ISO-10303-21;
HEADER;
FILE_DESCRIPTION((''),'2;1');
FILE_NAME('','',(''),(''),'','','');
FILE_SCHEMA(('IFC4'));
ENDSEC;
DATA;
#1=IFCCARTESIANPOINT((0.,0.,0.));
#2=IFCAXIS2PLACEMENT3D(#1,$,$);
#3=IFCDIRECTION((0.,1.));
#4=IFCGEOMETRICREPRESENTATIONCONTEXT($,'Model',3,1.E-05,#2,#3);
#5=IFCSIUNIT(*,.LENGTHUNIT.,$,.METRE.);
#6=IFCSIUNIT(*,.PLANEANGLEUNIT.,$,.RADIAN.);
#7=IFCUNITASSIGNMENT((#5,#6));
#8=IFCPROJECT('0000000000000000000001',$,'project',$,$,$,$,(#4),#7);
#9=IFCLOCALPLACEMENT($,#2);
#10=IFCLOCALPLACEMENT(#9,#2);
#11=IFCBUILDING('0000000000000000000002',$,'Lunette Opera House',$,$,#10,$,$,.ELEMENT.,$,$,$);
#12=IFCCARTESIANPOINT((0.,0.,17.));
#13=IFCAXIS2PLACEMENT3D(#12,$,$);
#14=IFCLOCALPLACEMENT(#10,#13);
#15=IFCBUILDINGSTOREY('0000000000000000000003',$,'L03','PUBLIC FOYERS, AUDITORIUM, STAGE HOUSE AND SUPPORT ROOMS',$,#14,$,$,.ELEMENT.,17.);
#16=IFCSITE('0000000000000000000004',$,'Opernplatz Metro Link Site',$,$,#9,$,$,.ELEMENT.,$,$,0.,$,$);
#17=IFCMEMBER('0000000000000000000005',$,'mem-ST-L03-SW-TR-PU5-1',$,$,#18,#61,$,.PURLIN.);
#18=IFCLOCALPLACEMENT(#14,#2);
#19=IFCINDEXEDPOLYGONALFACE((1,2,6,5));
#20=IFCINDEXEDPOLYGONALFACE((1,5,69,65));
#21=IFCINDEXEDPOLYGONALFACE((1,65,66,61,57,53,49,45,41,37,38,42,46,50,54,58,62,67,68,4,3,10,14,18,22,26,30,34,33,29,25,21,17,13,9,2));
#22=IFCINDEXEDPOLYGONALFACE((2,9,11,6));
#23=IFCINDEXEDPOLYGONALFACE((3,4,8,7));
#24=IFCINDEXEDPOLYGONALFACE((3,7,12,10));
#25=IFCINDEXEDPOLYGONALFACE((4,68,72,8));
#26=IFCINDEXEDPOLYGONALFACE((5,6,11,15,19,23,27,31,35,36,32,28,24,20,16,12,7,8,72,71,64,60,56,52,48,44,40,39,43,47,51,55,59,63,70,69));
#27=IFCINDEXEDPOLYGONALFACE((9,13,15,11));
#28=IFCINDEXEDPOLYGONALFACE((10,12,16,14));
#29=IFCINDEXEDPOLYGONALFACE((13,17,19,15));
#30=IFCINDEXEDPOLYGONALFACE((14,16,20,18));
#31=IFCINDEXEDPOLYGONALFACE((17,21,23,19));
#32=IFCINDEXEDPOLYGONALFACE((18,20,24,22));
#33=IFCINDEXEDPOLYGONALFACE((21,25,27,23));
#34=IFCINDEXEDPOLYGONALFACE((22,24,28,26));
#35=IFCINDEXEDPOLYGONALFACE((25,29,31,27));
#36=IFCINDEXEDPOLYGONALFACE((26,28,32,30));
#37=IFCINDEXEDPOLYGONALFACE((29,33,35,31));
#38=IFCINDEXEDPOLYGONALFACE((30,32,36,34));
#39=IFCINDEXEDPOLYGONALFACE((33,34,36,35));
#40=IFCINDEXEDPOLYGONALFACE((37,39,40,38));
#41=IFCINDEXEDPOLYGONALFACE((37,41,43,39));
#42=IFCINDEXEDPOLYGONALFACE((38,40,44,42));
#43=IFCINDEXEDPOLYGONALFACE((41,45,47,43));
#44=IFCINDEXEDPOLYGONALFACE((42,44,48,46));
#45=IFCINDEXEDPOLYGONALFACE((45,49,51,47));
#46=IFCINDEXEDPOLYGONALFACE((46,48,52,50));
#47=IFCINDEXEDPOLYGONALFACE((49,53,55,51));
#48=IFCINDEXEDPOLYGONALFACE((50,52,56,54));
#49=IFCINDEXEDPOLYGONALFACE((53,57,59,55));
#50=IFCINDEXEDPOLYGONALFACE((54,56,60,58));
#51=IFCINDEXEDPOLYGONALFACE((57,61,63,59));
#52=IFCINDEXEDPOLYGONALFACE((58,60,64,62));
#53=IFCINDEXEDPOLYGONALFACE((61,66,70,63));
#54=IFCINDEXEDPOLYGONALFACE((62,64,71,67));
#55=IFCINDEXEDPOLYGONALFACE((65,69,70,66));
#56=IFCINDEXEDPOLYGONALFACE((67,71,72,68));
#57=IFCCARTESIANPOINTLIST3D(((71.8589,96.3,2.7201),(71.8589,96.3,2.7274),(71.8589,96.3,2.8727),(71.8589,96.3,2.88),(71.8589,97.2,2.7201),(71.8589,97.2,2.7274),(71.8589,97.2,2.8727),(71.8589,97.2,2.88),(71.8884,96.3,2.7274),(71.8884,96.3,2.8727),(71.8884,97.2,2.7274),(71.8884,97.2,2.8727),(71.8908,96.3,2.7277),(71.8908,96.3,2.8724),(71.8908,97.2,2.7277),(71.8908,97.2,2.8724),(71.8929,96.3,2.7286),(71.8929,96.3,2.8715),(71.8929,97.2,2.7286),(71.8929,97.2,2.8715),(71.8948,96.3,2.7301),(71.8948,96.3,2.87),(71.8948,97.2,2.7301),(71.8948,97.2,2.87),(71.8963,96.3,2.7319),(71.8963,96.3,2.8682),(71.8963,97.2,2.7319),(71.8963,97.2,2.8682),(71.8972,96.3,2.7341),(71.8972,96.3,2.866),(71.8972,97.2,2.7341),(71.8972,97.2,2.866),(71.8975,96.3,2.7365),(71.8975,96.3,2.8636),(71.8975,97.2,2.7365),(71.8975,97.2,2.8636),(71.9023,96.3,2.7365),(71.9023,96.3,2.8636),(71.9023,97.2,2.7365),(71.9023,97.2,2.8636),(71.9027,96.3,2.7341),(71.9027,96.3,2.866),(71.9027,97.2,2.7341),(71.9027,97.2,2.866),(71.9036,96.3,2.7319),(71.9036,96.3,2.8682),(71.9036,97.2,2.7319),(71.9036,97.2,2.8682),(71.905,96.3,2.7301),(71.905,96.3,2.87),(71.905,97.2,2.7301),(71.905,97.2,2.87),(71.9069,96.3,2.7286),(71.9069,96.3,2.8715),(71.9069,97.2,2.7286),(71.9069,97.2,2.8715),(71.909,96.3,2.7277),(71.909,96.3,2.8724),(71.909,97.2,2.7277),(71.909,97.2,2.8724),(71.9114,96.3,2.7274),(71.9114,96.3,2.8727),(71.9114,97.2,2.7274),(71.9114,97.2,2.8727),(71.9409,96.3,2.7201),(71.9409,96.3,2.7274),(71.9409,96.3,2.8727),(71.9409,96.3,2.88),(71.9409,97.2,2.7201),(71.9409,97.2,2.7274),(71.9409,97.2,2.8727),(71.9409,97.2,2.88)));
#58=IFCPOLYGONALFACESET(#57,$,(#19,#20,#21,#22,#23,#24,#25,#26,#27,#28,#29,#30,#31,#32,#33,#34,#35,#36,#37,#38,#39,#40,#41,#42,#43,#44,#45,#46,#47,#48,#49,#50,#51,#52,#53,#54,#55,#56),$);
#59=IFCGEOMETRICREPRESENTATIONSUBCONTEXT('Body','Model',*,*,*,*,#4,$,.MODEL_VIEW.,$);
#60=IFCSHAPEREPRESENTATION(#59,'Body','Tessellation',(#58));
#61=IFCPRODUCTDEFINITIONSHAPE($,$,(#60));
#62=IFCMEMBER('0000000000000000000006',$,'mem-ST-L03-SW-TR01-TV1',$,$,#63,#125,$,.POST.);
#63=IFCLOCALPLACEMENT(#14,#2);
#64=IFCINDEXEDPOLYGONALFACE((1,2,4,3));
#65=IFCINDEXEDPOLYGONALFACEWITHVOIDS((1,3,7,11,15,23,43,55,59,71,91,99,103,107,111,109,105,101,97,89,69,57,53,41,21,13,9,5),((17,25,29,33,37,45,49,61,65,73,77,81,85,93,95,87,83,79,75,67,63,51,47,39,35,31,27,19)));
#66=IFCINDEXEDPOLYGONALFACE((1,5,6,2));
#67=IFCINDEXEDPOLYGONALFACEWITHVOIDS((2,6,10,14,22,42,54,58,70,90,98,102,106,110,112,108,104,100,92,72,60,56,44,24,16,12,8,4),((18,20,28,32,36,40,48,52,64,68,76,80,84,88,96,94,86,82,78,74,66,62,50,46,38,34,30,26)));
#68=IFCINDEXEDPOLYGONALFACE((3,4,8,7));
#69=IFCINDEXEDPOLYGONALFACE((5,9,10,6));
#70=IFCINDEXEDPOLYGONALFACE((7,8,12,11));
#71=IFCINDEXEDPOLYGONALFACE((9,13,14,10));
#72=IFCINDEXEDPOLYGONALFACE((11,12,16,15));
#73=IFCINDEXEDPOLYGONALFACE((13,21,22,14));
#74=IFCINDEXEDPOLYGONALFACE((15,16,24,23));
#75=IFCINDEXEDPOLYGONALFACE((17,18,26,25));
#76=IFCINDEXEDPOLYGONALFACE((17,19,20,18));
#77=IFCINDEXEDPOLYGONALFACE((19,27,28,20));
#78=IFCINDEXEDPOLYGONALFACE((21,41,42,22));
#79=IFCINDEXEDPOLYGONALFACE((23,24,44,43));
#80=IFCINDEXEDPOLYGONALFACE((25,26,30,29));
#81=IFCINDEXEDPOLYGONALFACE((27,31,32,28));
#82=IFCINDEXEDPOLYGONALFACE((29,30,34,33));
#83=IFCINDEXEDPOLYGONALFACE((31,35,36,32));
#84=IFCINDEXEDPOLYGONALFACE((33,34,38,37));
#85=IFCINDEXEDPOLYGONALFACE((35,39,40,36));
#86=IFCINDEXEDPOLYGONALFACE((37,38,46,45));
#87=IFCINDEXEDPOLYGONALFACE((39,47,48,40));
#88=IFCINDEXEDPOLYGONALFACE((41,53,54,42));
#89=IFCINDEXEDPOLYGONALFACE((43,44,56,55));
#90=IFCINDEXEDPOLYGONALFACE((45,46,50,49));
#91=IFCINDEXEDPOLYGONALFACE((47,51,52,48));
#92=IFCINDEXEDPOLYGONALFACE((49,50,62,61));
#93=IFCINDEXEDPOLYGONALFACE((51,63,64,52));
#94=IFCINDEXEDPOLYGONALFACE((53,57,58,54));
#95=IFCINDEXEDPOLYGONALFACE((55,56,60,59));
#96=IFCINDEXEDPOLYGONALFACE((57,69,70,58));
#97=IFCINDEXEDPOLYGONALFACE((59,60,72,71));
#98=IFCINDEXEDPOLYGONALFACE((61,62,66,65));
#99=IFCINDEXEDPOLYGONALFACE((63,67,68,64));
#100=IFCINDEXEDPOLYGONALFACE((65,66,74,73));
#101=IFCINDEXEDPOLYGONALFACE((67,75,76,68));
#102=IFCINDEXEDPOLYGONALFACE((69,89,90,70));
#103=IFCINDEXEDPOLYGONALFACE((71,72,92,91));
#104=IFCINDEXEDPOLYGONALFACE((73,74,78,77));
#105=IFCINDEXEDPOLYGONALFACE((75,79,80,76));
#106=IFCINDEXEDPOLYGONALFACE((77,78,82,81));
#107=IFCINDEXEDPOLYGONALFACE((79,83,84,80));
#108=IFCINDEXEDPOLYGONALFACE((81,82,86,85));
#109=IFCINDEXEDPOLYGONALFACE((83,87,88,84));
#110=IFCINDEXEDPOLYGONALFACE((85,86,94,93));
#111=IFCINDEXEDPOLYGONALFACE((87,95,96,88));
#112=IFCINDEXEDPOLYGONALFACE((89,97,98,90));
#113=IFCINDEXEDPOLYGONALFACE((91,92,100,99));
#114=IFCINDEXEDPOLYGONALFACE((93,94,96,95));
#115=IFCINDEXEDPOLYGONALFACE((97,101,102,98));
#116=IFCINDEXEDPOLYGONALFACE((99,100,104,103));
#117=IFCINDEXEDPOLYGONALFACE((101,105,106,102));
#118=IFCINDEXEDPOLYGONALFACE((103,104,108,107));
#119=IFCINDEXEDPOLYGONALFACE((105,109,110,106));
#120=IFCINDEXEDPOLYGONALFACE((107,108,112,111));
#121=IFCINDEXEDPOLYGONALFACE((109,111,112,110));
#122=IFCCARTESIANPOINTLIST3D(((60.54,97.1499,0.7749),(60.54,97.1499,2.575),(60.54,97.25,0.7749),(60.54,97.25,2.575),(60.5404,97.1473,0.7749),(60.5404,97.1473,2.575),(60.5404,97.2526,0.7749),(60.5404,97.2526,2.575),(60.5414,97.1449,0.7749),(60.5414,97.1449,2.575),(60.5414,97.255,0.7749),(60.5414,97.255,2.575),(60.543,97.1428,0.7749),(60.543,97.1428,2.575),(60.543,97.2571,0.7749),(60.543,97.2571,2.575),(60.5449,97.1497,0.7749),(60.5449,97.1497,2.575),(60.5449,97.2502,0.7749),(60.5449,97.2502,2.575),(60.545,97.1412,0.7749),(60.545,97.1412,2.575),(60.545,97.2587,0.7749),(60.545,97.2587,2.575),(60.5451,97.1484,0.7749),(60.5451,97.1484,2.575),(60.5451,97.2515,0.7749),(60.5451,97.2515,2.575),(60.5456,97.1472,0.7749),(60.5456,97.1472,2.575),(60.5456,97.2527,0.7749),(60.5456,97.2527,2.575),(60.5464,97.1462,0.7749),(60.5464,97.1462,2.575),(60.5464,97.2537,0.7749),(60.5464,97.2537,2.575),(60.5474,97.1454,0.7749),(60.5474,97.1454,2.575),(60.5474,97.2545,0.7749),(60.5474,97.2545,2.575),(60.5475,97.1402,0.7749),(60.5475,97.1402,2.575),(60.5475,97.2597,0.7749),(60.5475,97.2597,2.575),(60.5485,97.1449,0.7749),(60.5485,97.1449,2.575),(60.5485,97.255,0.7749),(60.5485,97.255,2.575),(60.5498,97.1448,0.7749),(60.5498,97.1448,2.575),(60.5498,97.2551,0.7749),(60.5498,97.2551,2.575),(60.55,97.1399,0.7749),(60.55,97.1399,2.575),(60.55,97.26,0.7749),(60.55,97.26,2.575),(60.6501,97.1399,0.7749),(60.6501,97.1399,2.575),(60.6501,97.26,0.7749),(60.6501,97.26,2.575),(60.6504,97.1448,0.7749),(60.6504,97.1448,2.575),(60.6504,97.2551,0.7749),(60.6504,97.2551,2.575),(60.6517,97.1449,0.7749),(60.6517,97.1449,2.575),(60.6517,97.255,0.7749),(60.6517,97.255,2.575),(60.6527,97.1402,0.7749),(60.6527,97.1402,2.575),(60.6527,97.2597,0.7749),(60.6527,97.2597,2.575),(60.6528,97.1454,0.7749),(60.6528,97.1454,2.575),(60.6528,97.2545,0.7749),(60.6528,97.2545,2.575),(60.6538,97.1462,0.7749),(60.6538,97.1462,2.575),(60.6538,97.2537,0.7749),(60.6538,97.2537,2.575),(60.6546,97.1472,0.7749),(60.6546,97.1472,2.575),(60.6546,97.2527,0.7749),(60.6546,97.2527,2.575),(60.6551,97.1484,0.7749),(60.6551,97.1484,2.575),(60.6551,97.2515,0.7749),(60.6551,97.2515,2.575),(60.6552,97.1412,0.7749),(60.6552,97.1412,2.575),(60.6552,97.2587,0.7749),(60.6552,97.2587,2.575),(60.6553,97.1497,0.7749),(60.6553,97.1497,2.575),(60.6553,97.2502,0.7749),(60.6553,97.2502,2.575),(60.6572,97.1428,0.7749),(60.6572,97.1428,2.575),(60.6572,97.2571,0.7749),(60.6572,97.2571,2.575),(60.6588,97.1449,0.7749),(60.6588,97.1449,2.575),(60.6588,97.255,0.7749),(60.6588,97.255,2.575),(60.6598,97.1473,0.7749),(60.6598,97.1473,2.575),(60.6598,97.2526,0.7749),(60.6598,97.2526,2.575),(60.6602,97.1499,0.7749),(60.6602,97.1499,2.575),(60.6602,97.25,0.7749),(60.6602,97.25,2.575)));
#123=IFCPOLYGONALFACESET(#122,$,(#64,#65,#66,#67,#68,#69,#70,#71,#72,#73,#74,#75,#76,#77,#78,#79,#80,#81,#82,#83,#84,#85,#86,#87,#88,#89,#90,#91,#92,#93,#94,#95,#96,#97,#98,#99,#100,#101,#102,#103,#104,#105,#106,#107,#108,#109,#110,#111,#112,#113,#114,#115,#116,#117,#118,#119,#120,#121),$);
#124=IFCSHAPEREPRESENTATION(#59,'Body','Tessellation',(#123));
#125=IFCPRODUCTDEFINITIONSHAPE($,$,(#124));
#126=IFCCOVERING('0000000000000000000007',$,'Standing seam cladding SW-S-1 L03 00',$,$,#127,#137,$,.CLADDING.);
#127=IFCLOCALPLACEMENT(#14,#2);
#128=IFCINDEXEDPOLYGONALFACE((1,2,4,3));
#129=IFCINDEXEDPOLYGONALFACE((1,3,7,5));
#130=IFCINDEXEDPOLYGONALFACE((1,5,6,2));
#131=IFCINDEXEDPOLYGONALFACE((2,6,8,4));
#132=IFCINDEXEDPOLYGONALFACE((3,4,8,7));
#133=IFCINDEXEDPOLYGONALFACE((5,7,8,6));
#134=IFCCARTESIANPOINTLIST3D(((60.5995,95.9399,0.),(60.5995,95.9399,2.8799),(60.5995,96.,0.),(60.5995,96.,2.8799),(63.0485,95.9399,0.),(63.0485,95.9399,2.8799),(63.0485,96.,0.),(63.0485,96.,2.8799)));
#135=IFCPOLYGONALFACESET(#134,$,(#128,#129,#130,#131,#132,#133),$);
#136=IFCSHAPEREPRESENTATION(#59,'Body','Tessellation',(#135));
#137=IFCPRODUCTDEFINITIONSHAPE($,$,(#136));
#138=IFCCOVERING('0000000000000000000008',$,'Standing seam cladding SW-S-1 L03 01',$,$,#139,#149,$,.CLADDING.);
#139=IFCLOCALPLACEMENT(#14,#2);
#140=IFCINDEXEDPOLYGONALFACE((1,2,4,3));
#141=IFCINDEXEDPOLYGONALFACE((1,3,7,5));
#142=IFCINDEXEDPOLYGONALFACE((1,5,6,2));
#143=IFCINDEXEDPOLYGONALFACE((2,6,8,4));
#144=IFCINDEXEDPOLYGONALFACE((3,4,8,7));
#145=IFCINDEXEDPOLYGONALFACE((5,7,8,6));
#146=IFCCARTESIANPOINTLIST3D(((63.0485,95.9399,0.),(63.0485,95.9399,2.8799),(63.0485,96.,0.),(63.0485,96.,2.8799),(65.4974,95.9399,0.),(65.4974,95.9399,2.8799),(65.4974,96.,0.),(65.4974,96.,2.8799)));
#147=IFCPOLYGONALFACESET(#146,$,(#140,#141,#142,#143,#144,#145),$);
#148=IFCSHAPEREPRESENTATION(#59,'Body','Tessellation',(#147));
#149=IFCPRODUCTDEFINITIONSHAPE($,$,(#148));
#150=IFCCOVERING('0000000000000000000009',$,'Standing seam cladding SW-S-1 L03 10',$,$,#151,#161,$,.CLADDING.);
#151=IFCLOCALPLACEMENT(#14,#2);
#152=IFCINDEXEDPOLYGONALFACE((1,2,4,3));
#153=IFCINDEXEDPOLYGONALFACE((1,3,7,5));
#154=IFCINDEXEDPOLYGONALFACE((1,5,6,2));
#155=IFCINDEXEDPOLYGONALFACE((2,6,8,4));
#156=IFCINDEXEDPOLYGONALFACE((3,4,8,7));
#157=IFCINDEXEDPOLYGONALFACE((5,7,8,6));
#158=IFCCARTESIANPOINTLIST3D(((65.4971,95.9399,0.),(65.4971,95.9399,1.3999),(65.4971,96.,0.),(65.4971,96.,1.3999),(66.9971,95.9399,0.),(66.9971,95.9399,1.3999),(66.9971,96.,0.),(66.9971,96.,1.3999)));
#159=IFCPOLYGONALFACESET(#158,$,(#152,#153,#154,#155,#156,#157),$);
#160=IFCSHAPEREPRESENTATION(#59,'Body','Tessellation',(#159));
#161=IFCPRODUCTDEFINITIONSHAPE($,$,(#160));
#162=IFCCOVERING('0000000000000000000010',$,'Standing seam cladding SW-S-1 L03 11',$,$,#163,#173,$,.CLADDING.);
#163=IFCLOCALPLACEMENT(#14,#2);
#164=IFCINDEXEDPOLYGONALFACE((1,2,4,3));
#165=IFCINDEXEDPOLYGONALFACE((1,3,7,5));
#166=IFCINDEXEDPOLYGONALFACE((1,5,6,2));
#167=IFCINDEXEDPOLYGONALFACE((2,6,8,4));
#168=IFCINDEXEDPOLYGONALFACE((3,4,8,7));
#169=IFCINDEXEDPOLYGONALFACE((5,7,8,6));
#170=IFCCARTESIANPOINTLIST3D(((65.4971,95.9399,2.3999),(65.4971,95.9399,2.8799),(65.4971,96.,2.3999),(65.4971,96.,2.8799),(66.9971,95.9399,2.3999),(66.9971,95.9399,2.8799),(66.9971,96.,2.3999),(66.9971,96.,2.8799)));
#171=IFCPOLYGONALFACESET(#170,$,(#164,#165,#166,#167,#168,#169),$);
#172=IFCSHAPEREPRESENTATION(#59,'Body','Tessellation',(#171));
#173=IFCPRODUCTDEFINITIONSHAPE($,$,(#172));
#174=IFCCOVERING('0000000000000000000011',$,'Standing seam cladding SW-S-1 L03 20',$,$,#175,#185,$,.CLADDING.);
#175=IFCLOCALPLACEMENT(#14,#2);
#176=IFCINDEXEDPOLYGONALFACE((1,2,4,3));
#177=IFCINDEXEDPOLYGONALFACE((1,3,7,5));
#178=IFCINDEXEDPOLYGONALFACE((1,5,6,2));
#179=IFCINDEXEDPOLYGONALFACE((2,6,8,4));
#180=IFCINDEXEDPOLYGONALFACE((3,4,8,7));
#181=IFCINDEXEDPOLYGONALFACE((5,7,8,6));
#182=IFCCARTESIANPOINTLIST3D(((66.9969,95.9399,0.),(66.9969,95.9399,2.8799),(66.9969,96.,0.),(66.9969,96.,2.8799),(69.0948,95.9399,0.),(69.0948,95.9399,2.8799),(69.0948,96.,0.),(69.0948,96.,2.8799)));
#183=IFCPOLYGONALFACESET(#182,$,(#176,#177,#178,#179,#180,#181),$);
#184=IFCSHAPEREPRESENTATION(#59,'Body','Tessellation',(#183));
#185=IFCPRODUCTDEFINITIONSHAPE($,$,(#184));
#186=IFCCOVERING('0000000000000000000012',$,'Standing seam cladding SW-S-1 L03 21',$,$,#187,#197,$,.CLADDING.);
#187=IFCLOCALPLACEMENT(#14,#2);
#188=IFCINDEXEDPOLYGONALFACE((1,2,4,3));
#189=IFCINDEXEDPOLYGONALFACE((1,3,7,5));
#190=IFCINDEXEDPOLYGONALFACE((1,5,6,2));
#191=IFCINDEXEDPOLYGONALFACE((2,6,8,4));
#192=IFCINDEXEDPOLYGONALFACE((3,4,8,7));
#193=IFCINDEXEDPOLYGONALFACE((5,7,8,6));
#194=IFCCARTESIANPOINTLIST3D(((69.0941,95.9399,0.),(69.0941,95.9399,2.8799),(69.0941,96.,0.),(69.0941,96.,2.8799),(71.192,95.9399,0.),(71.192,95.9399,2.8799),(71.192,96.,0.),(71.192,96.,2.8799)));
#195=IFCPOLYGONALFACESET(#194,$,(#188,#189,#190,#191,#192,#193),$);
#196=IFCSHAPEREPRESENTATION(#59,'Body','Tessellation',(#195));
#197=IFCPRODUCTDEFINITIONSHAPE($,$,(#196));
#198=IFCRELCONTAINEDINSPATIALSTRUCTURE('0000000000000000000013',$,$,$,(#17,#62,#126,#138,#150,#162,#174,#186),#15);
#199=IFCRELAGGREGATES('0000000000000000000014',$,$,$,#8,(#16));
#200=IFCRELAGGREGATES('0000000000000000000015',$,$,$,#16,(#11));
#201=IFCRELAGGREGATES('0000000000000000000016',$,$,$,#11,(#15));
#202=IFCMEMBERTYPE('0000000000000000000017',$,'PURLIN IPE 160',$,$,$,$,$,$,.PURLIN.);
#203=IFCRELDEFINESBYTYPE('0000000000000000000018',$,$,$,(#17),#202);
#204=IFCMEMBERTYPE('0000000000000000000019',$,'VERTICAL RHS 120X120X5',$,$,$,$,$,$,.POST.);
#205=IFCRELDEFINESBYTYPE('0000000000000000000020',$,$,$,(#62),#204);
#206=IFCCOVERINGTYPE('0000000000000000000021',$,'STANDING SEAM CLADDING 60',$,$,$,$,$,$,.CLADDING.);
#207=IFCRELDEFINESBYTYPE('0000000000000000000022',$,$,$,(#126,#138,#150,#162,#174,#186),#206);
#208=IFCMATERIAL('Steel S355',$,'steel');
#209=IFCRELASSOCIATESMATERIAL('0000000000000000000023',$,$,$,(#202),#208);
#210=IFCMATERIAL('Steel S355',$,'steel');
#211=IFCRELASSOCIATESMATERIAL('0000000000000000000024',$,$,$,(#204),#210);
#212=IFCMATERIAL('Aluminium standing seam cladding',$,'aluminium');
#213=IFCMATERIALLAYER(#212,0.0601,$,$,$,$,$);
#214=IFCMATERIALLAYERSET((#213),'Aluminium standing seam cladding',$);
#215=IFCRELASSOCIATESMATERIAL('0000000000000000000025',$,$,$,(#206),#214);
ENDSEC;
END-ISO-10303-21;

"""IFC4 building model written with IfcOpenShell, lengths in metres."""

from ifc_helpers import new_model, si_unit, direction, frame, origin, origin_2d, place, context, subcontext, project, spatial, rectangle, hollow_rectangle, i_section, extrude, material, layer, layer_set, material_profile, profile_set, type_object, element, save


model = new_model("IFC4")

# Units and contexts
model_context = context("Model", 3, precision=1e-05, world=origin(), true_north=direction((0.0, 1.0)))
body_context = subcontext(model_context, "Body", "Model", "MODEL_VIEW")
ifc_project = project(units=[si_unit("LENGTHUNIT", "METRE"), si_unit("PLANEANGLEUNIT", "RADIAN")], contexts=[model_context])

# Site, building, storey
site_placement = place(None, origin())
site = spatial("IfcSite", under=ifc_project, at=site_placement, Name="Opernplatz Metro Link Site", CompositionType="ELEMENT", RefElevation=0.0)
building_placement = place(site_placement, origin())
building = spatial("IfcBuilding", under=site, at=building_placement, Name="Lunette Opera House", CompositionType="ELEMENT")
storey_placement = place(building_placement, frame((0.0, 0.0, 17.0)))
storey = spatial("IfcBuildingStorey", under=building, at=storey_placement, Name="L03", Description="PUBLIC FOYERS, AUDITORIUM, STAGE HOUSE AND SUPPORT ROOMS", CompositionType="ELEMENT", Elevation=17.0)

# Members
ifc_material_1 = material(Name="Steel S355", Category="steel")
ifc_material_profile_1 = material_profile(ifc_material_1, i_section(OverallWidth=0.082, OverallDepth=0.1599, WebThickness=0.0049, FlangeThickness=0.0073, FilletRadius=0.009, at=origin_2d()), Name="IPE 160")
ifc_profile_set_1 = profile_set([ifc_material_profile_1], Name="Steel S355")
member_type_1 = type_object("IfcMemberType", Name="PURLIN IPE 160", PredefinedType="PURLIN", material=ifc_profile_set_1)
for number, where, z_axis, x_axis, name in (
    (1, (71.8999, 96.3, 2.8), (0.0, 1.0, 0.0), (-1.0, 0.0, 0.0), "mem-ST-L03-SW-TR-PU5-1"),
):
    element("IfcMember", number, at=place(storey_placement, frame(where, z_axis=z_axis, x_axis=x_axis)), inside=storey, type_object=member_type_1, Name=name, PredefinedType="PURLIN", context=body_context, shape_type="SweptSolid", body=[
        extrude(i_section(OverallWidth=0.082, OverallDepth=0.1599, WebThickness=0.0049, FlangeThickness=0.0073, FilletRadius=0.009, at=origin_2d()), origin(), (0.0, 0.0, 1.0), 0.8999),
    ])
ifc_material_2 = material(Name="Steel S355", Category="steel")
ifc_material_profile_2 = material_profile(ifc_material_2, hollow_rectangle(XDim=0.1201, YDim=0.1201, WallThickness=0.0049, InnerFilletRadius=0.0049, OuterFilletRadius=0.01, at=origin_2d()), Name="RHS 120X120X5")
ifc_profile_set_2 = profile_set([ifc_material_profile_2], Name="Steel S355")
member_type_2 = type_object("IfcMemberType", Name="VERTICAL RHS 120X120X5", PredefinedType="POST", material=ifc_profile_set_2)
member_1_placement = place(storey_placement, frame((60.6001, 97.2, 0.7749), z_axis=(0.0, 0.0, 1.0), x_axis=(1.0, 0.0, 0.0)))
element("IfcMember", 2, at=member_1_placement, inside=storey, type_object=member_type_2, Name="mem-ST-L03-SW-TR01-TV1", PredefinedType="POST", context=body_context, shape_type="SweptSolid", body=[
    extrude(hollow_rectangle(XDim=0.1201, YDim=0.1201, WallThickness=0.0049, InnerFilletRadius=0.0049, OuterFilletRadius=0.01, at=origin_2d()), origin(), (0.0, 0.0, 1.0), 1.8),
])

# Coverings
ifc_material_3 = material(Name="Aluminium standing seam cladding", Category="aluminium")
ifc_layer = layer(ifc_material_3, 0.0601)
ifc_layer_set = layer_set([ifc_layer], Name="Aluminium standing seam cladding")
covering_type = type_object("IfcCoveringType", Name="STANDING SEAM CLADDING 60", PredefinedType="CLADDING", material=ifc_layer_set)
for number, where, z_axis, x_axis, name in (
    (3, (61.824, 95.97, 0.0), (0.0, 0.0, 1.0), (1.0, 0.0, 0.0), "Standing seam cladding SW-S-1 L03 00"),
    (4, (64.2729, 95.97, 0.0), (0.0, 0.0, 1.0), (1.0, 0.0, 0.0), "Standing seam cladding SW-S-1 L03 01"),
):
    element("IfcCovering", number, at=place(storey_placement, frame(where, z_axis=z_axis, x_axis=x_axis)), inside=storey, type_object=covering_type, Name=name, PredefinedType="CLADDING", context=body_context, shape_type="SweptSolid", body=[
        extrude(rectangle(XDim=2.449, YDim=0.0601, at=origin_2d()), origin(), (0.0, 0.0, 1.0), 2.8799),
    ])
covering_1_placement = place(storey_placement, frame((66.2471, 95.97, 0.0), z_axis=(0.0, 0.0, 1.0), x_axis=(1.0, 0.0, 0.0)))
element("IfcCovering", 5, at=covering_1_placement, inside=storey, type_object=covering_type, Name="Standing seam cladding SW-S-1 L03 10", PredefinedType="CLADDING", context=body_context, shape_type="SweptSolid", body=[
    extrude(rectangle(XDim=1.5, YDim=0.0601, at=origin_2d()), origin(), (0.0, 0.0, 1.0), 1.3999),
])
covering_2_placement = place(storey_placement, frame((66.2471, 95.97, 2.3999), z_axis=(0.0, 0.0, 1.0), x_axis=(1.0, 0.0, 0.0)))
element("IfcCovering", 6, at=covering_2_placement, inside=storey, type_object=covering_type, Name="Standing seam cladding SW-S-1 L03 11", PredefinedType="CLADDING", context=body_context, shape_type="SweptSolid", body=[
    extrude(rectangle(XDim=1.5, YDim=0.0601, at=origin_2d()), origin(), (0.0, 0.0, 1.0), 0.48),
])
for number, where, z_axis, x_axis, name in (
    (7, (68.0459, 95.97, 0.0), (0.0, 0.0, 1.0), (1.0, 0.0, 0.0), "Standing seam cladding SW-S-1 L03 20"),
    (8, (70.1431, 95.97, 0.0), (0.0, 0.0, 1.0), (1.0, 0.0, 0.0), "Standing seam cladding SW-S-1 L03 21"),
):
    element("IfcCovering", number, at=place(storey_placement, frame(where, z_axis=z_axis, x_axis=x_axis)), inside=storey, type_object=covering_type, Name=name, PredefinedType="CLADDING", context=body_context, shape_type="SweptSolid", body=[
        extrude(rectangle(XDim=2.0979, YDim=0.0601, at=origin_2d()), origin(), (0.0, 0.0, 1.0), 2.8799),
    ])

save(model, "model.ifc")
